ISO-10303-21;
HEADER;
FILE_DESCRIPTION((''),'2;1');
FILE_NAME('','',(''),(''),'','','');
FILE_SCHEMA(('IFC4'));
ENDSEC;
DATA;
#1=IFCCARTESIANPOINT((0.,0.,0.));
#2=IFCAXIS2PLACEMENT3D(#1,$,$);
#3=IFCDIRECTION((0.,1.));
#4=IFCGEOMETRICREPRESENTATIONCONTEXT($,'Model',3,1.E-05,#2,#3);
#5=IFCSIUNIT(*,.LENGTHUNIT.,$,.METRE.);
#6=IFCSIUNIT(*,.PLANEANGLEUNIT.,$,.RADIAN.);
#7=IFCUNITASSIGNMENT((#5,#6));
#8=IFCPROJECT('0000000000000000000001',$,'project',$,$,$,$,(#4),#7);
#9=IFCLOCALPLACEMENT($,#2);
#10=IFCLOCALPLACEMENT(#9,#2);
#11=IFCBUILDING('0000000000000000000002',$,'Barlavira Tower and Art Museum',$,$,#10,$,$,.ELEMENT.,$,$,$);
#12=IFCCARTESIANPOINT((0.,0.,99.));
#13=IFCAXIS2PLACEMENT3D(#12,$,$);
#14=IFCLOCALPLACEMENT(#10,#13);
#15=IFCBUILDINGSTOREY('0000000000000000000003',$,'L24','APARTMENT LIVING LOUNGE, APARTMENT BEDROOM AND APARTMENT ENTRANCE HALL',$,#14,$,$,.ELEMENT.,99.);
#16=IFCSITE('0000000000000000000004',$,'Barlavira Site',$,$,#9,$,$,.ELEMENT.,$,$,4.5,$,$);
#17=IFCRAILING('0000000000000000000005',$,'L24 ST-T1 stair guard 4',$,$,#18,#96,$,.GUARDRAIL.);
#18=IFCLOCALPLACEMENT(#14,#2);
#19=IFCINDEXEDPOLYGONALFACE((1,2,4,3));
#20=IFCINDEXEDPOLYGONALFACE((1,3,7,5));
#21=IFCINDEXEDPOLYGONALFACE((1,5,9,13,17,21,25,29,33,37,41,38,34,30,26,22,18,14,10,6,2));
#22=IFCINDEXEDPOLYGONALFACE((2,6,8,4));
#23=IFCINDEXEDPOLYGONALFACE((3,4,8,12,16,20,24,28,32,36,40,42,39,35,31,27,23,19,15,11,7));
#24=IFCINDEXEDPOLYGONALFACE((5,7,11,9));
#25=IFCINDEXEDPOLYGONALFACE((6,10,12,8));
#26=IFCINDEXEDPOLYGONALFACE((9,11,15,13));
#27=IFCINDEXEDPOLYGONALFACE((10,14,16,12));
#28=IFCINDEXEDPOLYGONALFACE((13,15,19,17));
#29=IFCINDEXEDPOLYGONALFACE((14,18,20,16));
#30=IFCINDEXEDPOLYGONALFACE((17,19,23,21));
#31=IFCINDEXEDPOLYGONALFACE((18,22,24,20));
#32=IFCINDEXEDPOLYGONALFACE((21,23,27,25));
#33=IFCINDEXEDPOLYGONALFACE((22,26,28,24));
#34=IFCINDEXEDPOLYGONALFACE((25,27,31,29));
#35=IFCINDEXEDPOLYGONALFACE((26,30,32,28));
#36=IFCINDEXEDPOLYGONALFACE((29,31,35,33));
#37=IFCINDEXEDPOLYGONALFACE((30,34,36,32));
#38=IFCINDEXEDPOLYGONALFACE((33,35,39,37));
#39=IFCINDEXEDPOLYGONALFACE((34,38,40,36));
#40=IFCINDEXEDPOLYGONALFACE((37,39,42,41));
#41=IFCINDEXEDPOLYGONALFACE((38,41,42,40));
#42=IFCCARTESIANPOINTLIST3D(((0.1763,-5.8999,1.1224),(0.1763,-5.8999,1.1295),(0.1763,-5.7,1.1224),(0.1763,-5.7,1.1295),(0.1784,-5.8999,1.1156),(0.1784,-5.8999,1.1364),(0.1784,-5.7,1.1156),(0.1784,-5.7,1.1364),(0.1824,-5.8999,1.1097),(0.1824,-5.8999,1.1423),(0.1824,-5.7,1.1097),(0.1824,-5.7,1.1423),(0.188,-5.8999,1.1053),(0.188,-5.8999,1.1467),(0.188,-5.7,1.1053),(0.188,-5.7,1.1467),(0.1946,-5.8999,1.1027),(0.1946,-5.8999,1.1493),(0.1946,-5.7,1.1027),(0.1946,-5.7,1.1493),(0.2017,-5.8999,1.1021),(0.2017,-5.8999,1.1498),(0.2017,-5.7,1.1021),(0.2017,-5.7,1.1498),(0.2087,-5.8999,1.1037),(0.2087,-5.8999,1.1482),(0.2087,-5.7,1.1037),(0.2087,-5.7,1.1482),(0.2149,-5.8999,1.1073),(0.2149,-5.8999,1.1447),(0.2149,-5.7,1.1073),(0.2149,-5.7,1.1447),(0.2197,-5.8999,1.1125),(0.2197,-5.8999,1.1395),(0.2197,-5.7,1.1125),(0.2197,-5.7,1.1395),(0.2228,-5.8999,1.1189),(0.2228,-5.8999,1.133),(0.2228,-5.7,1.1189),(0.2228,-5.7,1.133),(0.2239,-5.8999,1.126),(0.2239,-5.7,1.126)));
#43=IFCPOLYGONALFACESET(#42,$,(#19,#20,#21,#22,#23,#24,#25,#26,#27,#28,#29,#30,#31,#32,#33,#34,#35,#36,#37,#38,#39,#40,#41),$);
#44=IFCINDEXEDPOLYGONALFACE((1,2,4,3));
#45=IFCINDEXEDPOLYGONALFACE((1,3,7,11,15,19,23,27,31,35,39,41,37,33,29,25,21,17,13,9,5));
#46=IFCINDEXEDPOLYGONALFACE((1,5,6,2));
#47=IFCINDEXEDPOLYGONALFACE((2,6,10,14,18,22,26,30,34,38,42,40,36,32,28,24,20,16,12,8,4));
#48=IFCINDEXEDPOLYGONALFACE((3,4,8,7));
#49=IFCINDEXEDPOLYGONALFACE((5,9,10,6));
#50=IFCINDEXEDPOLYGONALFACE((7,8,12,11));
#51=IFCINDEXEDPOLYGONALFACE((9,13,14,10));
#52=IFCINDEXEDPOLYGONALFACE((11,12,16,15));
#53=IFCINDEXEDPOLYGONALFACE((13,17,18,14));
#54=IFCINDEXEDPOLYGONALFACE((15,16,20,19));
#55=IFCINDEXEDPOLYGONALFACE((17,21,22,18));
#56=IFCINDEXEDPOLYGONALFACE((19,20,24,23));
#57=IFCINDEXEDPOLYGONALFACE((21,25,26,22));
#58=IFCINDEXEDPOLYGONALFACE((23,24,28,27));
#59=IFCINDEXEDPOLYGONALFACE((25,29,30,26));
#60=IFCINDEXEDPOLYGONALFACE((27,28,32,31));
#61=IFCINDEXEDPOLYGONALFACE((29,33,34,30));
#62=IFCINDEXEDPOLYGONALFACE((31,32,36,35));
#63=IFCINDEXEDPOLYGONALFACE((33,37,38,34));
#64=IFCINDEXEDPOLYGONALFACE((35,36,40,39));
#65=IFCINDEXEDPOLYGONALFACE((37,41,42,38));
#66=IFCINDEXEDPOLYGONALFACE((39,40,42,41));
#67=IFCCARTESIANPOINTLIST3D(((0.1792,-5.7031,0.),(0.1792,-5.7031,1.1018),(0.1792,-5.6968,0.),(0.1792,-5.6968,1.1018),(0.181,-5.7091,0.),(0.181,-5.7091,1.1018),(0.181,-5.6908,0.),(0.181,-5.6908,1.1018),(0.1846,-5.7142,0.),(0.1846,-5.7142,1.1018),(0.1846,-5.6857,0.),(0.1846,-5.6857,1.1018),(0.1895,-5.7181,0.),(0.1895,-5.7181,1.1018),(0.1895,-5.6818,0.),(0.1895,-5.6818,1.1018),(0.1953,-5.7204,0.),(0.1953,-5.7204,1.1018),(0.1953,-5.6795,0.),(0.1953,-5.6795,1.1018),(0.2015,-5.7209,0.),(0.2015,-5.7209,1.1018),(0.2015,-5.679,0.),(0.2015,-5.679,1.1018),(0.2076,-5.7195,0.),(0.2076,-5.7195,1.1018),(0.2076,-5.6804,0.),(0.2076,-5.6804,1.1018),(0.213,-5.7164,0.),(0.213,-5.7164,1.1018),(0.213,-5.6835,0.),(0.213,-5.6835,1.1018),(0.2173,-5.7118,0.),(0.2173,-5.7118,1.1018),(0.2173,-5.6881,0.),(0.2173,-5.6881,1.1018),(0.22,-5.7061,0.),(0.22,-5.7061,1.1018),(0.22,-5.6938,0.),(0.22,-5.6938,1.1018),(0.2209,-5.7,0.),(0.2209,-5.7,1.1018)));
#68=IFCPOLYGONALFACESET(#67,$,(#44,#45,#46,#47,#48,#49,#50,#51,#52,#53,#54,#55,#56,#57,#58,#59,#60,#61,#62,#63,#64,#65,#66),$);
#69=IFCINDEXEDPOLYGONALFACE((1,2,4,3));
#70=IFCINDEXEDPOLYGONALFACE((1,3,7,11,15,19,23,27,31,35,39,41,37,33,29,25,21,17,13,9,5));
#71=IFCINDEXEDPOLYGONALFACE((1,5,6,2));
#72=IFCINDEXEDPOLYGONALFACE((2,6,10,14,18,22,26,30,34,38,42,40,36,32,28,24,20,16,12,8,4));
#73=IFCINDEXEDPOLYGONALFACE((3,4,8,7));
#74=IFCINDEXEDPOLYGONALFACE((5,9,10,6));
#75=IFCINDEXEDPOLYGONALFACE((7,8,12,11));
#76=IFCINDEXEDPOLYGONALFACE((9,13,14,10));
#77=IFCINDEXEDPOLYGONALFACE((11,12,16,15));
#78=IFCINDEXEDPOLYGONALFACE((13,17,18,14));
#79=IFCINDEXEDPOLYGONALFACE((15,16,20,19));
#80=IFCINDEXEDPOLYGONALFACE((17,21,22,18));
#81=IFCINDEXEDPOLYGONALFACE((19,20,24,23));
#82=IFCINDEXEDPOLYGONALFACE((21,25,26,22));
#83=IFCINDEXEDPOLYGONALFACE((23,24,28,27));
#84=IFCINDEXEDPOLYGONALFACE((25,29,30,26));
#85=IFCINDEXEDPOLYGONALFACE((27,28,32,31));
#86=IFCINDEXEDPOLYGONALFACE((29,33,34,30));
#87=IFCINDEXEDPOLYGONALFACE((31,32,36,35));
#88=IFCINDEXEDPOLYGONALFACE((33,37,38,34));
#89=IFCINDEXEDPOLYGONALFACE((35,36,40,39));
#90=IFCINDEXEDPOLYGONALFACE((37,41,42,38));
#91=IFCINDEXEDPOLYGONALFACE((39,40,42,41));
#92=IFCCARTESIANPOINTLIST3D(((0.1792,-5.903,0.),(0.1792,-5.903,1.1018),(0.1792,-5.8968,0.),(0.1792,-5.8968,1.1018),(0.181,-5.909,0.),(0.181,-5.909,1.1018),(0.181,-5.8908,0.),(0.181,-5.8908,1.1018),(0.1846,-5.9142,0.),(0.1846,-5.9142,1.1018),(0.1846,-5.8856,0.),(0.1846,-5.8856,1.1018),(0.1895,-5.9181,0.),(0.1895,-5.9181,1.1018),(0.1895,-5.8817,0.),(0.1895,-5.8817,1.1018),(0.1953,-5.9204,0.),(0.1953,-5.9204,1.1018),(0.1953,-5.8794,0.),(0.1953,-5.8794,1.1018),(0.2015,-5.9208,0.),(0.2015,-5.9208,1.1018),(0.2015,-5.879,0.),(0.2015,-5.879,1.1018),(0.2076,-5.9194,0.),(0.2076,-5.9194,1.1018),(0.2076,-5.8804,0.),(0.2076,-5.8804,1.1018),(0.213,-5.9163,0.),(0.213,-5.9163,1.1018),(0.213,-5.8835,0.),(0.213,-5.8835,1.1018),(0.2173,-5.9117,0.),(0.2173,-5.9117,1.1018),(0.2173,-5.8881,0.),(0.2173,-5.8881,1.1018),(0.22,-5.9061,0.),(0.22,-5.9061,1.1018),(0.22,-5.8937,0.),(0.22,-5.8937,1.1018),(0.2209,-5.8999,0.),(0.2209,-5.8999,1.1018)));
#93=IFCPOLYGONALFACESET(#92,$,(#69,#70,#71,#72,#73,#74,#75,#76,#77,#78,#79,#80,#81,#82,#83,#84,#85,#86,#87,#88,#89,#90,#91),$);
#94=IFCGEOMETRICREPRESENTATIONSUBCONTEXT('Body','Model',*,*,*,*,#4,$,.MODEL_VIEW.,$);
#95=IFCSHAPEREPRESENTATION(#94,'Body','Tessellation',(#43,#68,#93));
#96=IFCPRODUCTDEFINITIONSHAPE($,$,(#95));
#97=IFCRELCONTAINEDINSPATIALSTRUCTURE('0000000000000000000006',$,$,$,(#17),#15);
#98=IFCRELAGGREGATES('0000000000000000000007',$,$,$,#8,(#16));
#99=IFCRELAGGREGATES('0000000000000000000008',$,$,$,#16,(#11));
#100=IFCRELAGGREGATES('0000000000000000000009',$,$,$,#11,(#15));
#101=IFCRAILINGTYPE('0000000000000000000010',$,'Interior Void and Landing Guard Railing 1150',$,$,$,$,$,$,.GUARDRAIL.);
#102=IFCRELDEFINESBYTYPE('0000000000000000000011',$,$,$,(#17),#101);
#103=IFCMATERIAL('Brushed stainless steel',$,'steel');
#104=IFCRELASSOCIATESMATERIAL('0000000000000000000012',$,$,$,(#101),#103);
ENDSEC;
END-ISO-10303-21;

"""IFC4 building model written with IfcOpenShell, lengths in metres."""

from ifc_helpers import new_model, si_unit, direction, frame, origin, origin_2d, place, context, subcontext, project, spatial, circle, extrude, material, type_object, element, save


model = new_model("IFC4")

# Units and contexts
model_context = context("Model", 3, precision=1e-05, world=origin(), true_north=direction((0.0, 1.0)))
body_context = subcontext(model_context, "Body", "Model", "MODEL_VIEW")
ifc_project = project(units=[si_unit("LENGTHUNIT", "METRE"), si_unit("PLANEANGLEUNIT", "RADIAN")], contexts=[model_context])

# Site, building, storey
site_placement = place(None, origin())
site = spatial("IfcSite", under=ifc_project, at=site_placement, Name="Barlavira Site", CompositionType="ELEMENT", RefElevation=4.5)
building_placement = place(site_placement, origin())
building = spatial("IfcBuilding", under=site, at=building_placement, Name="Barlavira Tower and Art Museum", CompositionType="ELEMENT")
storey_placement = place(building_placement, frame((0.0, 0.0, 99.0)))
storey = spatial("IfcBuildingStorey", under=building, at=storey_placement, Name="L24", Description="APARTMENT LIVING LOUNGE, APARTMENT BEDROOM AND APARTMENT ENTRANCE HALL", CompositionType="ELEMENT", Elevation=99.0)

# Shared definitions
ifc_material_1 = material(Name="Brushed stainless steel", Category="steel")

# Railing
railing_type_1 = type_object("IfcRailingType", Name="Interior Void and Landing Guard Railing 1150", PredefinedType="GUARDRAIL", material=ifc_material_1)
railing_1_placement = place(storey_placement, frame((0.2, -5.7, 0.0)))
element("IfcRailing", 1, at=railing_1_placement, inside=storey, type_object=railing_type_1, Name="L24 ST-T1 stair guard 4", PredefinedType="GUARDRAIL", context=body_context, shape_type="SweptSolid", body=[
    extrude(circle(Radius=0.0239, at=origin_2d()), frame((0.0, 0.0, 1.126), z_axis=(0.0, -1.0, 0.0), x_axis=(1.0, 0.0, 0.0)), (0.0, 0.0, 1.0), 0.2),
    extrude(circle(Radius=0.021, at=origin_2d()), origin(), (0.0, 0.0, 1.0), 1.1018),
    extrude(circle(Radius=0.021, at=origin_2d()), frame((0.0, -0.2, 0.0)), (0.0, 0.0, 1.0), 1.1018),
])

save(model, "model.ifc")
